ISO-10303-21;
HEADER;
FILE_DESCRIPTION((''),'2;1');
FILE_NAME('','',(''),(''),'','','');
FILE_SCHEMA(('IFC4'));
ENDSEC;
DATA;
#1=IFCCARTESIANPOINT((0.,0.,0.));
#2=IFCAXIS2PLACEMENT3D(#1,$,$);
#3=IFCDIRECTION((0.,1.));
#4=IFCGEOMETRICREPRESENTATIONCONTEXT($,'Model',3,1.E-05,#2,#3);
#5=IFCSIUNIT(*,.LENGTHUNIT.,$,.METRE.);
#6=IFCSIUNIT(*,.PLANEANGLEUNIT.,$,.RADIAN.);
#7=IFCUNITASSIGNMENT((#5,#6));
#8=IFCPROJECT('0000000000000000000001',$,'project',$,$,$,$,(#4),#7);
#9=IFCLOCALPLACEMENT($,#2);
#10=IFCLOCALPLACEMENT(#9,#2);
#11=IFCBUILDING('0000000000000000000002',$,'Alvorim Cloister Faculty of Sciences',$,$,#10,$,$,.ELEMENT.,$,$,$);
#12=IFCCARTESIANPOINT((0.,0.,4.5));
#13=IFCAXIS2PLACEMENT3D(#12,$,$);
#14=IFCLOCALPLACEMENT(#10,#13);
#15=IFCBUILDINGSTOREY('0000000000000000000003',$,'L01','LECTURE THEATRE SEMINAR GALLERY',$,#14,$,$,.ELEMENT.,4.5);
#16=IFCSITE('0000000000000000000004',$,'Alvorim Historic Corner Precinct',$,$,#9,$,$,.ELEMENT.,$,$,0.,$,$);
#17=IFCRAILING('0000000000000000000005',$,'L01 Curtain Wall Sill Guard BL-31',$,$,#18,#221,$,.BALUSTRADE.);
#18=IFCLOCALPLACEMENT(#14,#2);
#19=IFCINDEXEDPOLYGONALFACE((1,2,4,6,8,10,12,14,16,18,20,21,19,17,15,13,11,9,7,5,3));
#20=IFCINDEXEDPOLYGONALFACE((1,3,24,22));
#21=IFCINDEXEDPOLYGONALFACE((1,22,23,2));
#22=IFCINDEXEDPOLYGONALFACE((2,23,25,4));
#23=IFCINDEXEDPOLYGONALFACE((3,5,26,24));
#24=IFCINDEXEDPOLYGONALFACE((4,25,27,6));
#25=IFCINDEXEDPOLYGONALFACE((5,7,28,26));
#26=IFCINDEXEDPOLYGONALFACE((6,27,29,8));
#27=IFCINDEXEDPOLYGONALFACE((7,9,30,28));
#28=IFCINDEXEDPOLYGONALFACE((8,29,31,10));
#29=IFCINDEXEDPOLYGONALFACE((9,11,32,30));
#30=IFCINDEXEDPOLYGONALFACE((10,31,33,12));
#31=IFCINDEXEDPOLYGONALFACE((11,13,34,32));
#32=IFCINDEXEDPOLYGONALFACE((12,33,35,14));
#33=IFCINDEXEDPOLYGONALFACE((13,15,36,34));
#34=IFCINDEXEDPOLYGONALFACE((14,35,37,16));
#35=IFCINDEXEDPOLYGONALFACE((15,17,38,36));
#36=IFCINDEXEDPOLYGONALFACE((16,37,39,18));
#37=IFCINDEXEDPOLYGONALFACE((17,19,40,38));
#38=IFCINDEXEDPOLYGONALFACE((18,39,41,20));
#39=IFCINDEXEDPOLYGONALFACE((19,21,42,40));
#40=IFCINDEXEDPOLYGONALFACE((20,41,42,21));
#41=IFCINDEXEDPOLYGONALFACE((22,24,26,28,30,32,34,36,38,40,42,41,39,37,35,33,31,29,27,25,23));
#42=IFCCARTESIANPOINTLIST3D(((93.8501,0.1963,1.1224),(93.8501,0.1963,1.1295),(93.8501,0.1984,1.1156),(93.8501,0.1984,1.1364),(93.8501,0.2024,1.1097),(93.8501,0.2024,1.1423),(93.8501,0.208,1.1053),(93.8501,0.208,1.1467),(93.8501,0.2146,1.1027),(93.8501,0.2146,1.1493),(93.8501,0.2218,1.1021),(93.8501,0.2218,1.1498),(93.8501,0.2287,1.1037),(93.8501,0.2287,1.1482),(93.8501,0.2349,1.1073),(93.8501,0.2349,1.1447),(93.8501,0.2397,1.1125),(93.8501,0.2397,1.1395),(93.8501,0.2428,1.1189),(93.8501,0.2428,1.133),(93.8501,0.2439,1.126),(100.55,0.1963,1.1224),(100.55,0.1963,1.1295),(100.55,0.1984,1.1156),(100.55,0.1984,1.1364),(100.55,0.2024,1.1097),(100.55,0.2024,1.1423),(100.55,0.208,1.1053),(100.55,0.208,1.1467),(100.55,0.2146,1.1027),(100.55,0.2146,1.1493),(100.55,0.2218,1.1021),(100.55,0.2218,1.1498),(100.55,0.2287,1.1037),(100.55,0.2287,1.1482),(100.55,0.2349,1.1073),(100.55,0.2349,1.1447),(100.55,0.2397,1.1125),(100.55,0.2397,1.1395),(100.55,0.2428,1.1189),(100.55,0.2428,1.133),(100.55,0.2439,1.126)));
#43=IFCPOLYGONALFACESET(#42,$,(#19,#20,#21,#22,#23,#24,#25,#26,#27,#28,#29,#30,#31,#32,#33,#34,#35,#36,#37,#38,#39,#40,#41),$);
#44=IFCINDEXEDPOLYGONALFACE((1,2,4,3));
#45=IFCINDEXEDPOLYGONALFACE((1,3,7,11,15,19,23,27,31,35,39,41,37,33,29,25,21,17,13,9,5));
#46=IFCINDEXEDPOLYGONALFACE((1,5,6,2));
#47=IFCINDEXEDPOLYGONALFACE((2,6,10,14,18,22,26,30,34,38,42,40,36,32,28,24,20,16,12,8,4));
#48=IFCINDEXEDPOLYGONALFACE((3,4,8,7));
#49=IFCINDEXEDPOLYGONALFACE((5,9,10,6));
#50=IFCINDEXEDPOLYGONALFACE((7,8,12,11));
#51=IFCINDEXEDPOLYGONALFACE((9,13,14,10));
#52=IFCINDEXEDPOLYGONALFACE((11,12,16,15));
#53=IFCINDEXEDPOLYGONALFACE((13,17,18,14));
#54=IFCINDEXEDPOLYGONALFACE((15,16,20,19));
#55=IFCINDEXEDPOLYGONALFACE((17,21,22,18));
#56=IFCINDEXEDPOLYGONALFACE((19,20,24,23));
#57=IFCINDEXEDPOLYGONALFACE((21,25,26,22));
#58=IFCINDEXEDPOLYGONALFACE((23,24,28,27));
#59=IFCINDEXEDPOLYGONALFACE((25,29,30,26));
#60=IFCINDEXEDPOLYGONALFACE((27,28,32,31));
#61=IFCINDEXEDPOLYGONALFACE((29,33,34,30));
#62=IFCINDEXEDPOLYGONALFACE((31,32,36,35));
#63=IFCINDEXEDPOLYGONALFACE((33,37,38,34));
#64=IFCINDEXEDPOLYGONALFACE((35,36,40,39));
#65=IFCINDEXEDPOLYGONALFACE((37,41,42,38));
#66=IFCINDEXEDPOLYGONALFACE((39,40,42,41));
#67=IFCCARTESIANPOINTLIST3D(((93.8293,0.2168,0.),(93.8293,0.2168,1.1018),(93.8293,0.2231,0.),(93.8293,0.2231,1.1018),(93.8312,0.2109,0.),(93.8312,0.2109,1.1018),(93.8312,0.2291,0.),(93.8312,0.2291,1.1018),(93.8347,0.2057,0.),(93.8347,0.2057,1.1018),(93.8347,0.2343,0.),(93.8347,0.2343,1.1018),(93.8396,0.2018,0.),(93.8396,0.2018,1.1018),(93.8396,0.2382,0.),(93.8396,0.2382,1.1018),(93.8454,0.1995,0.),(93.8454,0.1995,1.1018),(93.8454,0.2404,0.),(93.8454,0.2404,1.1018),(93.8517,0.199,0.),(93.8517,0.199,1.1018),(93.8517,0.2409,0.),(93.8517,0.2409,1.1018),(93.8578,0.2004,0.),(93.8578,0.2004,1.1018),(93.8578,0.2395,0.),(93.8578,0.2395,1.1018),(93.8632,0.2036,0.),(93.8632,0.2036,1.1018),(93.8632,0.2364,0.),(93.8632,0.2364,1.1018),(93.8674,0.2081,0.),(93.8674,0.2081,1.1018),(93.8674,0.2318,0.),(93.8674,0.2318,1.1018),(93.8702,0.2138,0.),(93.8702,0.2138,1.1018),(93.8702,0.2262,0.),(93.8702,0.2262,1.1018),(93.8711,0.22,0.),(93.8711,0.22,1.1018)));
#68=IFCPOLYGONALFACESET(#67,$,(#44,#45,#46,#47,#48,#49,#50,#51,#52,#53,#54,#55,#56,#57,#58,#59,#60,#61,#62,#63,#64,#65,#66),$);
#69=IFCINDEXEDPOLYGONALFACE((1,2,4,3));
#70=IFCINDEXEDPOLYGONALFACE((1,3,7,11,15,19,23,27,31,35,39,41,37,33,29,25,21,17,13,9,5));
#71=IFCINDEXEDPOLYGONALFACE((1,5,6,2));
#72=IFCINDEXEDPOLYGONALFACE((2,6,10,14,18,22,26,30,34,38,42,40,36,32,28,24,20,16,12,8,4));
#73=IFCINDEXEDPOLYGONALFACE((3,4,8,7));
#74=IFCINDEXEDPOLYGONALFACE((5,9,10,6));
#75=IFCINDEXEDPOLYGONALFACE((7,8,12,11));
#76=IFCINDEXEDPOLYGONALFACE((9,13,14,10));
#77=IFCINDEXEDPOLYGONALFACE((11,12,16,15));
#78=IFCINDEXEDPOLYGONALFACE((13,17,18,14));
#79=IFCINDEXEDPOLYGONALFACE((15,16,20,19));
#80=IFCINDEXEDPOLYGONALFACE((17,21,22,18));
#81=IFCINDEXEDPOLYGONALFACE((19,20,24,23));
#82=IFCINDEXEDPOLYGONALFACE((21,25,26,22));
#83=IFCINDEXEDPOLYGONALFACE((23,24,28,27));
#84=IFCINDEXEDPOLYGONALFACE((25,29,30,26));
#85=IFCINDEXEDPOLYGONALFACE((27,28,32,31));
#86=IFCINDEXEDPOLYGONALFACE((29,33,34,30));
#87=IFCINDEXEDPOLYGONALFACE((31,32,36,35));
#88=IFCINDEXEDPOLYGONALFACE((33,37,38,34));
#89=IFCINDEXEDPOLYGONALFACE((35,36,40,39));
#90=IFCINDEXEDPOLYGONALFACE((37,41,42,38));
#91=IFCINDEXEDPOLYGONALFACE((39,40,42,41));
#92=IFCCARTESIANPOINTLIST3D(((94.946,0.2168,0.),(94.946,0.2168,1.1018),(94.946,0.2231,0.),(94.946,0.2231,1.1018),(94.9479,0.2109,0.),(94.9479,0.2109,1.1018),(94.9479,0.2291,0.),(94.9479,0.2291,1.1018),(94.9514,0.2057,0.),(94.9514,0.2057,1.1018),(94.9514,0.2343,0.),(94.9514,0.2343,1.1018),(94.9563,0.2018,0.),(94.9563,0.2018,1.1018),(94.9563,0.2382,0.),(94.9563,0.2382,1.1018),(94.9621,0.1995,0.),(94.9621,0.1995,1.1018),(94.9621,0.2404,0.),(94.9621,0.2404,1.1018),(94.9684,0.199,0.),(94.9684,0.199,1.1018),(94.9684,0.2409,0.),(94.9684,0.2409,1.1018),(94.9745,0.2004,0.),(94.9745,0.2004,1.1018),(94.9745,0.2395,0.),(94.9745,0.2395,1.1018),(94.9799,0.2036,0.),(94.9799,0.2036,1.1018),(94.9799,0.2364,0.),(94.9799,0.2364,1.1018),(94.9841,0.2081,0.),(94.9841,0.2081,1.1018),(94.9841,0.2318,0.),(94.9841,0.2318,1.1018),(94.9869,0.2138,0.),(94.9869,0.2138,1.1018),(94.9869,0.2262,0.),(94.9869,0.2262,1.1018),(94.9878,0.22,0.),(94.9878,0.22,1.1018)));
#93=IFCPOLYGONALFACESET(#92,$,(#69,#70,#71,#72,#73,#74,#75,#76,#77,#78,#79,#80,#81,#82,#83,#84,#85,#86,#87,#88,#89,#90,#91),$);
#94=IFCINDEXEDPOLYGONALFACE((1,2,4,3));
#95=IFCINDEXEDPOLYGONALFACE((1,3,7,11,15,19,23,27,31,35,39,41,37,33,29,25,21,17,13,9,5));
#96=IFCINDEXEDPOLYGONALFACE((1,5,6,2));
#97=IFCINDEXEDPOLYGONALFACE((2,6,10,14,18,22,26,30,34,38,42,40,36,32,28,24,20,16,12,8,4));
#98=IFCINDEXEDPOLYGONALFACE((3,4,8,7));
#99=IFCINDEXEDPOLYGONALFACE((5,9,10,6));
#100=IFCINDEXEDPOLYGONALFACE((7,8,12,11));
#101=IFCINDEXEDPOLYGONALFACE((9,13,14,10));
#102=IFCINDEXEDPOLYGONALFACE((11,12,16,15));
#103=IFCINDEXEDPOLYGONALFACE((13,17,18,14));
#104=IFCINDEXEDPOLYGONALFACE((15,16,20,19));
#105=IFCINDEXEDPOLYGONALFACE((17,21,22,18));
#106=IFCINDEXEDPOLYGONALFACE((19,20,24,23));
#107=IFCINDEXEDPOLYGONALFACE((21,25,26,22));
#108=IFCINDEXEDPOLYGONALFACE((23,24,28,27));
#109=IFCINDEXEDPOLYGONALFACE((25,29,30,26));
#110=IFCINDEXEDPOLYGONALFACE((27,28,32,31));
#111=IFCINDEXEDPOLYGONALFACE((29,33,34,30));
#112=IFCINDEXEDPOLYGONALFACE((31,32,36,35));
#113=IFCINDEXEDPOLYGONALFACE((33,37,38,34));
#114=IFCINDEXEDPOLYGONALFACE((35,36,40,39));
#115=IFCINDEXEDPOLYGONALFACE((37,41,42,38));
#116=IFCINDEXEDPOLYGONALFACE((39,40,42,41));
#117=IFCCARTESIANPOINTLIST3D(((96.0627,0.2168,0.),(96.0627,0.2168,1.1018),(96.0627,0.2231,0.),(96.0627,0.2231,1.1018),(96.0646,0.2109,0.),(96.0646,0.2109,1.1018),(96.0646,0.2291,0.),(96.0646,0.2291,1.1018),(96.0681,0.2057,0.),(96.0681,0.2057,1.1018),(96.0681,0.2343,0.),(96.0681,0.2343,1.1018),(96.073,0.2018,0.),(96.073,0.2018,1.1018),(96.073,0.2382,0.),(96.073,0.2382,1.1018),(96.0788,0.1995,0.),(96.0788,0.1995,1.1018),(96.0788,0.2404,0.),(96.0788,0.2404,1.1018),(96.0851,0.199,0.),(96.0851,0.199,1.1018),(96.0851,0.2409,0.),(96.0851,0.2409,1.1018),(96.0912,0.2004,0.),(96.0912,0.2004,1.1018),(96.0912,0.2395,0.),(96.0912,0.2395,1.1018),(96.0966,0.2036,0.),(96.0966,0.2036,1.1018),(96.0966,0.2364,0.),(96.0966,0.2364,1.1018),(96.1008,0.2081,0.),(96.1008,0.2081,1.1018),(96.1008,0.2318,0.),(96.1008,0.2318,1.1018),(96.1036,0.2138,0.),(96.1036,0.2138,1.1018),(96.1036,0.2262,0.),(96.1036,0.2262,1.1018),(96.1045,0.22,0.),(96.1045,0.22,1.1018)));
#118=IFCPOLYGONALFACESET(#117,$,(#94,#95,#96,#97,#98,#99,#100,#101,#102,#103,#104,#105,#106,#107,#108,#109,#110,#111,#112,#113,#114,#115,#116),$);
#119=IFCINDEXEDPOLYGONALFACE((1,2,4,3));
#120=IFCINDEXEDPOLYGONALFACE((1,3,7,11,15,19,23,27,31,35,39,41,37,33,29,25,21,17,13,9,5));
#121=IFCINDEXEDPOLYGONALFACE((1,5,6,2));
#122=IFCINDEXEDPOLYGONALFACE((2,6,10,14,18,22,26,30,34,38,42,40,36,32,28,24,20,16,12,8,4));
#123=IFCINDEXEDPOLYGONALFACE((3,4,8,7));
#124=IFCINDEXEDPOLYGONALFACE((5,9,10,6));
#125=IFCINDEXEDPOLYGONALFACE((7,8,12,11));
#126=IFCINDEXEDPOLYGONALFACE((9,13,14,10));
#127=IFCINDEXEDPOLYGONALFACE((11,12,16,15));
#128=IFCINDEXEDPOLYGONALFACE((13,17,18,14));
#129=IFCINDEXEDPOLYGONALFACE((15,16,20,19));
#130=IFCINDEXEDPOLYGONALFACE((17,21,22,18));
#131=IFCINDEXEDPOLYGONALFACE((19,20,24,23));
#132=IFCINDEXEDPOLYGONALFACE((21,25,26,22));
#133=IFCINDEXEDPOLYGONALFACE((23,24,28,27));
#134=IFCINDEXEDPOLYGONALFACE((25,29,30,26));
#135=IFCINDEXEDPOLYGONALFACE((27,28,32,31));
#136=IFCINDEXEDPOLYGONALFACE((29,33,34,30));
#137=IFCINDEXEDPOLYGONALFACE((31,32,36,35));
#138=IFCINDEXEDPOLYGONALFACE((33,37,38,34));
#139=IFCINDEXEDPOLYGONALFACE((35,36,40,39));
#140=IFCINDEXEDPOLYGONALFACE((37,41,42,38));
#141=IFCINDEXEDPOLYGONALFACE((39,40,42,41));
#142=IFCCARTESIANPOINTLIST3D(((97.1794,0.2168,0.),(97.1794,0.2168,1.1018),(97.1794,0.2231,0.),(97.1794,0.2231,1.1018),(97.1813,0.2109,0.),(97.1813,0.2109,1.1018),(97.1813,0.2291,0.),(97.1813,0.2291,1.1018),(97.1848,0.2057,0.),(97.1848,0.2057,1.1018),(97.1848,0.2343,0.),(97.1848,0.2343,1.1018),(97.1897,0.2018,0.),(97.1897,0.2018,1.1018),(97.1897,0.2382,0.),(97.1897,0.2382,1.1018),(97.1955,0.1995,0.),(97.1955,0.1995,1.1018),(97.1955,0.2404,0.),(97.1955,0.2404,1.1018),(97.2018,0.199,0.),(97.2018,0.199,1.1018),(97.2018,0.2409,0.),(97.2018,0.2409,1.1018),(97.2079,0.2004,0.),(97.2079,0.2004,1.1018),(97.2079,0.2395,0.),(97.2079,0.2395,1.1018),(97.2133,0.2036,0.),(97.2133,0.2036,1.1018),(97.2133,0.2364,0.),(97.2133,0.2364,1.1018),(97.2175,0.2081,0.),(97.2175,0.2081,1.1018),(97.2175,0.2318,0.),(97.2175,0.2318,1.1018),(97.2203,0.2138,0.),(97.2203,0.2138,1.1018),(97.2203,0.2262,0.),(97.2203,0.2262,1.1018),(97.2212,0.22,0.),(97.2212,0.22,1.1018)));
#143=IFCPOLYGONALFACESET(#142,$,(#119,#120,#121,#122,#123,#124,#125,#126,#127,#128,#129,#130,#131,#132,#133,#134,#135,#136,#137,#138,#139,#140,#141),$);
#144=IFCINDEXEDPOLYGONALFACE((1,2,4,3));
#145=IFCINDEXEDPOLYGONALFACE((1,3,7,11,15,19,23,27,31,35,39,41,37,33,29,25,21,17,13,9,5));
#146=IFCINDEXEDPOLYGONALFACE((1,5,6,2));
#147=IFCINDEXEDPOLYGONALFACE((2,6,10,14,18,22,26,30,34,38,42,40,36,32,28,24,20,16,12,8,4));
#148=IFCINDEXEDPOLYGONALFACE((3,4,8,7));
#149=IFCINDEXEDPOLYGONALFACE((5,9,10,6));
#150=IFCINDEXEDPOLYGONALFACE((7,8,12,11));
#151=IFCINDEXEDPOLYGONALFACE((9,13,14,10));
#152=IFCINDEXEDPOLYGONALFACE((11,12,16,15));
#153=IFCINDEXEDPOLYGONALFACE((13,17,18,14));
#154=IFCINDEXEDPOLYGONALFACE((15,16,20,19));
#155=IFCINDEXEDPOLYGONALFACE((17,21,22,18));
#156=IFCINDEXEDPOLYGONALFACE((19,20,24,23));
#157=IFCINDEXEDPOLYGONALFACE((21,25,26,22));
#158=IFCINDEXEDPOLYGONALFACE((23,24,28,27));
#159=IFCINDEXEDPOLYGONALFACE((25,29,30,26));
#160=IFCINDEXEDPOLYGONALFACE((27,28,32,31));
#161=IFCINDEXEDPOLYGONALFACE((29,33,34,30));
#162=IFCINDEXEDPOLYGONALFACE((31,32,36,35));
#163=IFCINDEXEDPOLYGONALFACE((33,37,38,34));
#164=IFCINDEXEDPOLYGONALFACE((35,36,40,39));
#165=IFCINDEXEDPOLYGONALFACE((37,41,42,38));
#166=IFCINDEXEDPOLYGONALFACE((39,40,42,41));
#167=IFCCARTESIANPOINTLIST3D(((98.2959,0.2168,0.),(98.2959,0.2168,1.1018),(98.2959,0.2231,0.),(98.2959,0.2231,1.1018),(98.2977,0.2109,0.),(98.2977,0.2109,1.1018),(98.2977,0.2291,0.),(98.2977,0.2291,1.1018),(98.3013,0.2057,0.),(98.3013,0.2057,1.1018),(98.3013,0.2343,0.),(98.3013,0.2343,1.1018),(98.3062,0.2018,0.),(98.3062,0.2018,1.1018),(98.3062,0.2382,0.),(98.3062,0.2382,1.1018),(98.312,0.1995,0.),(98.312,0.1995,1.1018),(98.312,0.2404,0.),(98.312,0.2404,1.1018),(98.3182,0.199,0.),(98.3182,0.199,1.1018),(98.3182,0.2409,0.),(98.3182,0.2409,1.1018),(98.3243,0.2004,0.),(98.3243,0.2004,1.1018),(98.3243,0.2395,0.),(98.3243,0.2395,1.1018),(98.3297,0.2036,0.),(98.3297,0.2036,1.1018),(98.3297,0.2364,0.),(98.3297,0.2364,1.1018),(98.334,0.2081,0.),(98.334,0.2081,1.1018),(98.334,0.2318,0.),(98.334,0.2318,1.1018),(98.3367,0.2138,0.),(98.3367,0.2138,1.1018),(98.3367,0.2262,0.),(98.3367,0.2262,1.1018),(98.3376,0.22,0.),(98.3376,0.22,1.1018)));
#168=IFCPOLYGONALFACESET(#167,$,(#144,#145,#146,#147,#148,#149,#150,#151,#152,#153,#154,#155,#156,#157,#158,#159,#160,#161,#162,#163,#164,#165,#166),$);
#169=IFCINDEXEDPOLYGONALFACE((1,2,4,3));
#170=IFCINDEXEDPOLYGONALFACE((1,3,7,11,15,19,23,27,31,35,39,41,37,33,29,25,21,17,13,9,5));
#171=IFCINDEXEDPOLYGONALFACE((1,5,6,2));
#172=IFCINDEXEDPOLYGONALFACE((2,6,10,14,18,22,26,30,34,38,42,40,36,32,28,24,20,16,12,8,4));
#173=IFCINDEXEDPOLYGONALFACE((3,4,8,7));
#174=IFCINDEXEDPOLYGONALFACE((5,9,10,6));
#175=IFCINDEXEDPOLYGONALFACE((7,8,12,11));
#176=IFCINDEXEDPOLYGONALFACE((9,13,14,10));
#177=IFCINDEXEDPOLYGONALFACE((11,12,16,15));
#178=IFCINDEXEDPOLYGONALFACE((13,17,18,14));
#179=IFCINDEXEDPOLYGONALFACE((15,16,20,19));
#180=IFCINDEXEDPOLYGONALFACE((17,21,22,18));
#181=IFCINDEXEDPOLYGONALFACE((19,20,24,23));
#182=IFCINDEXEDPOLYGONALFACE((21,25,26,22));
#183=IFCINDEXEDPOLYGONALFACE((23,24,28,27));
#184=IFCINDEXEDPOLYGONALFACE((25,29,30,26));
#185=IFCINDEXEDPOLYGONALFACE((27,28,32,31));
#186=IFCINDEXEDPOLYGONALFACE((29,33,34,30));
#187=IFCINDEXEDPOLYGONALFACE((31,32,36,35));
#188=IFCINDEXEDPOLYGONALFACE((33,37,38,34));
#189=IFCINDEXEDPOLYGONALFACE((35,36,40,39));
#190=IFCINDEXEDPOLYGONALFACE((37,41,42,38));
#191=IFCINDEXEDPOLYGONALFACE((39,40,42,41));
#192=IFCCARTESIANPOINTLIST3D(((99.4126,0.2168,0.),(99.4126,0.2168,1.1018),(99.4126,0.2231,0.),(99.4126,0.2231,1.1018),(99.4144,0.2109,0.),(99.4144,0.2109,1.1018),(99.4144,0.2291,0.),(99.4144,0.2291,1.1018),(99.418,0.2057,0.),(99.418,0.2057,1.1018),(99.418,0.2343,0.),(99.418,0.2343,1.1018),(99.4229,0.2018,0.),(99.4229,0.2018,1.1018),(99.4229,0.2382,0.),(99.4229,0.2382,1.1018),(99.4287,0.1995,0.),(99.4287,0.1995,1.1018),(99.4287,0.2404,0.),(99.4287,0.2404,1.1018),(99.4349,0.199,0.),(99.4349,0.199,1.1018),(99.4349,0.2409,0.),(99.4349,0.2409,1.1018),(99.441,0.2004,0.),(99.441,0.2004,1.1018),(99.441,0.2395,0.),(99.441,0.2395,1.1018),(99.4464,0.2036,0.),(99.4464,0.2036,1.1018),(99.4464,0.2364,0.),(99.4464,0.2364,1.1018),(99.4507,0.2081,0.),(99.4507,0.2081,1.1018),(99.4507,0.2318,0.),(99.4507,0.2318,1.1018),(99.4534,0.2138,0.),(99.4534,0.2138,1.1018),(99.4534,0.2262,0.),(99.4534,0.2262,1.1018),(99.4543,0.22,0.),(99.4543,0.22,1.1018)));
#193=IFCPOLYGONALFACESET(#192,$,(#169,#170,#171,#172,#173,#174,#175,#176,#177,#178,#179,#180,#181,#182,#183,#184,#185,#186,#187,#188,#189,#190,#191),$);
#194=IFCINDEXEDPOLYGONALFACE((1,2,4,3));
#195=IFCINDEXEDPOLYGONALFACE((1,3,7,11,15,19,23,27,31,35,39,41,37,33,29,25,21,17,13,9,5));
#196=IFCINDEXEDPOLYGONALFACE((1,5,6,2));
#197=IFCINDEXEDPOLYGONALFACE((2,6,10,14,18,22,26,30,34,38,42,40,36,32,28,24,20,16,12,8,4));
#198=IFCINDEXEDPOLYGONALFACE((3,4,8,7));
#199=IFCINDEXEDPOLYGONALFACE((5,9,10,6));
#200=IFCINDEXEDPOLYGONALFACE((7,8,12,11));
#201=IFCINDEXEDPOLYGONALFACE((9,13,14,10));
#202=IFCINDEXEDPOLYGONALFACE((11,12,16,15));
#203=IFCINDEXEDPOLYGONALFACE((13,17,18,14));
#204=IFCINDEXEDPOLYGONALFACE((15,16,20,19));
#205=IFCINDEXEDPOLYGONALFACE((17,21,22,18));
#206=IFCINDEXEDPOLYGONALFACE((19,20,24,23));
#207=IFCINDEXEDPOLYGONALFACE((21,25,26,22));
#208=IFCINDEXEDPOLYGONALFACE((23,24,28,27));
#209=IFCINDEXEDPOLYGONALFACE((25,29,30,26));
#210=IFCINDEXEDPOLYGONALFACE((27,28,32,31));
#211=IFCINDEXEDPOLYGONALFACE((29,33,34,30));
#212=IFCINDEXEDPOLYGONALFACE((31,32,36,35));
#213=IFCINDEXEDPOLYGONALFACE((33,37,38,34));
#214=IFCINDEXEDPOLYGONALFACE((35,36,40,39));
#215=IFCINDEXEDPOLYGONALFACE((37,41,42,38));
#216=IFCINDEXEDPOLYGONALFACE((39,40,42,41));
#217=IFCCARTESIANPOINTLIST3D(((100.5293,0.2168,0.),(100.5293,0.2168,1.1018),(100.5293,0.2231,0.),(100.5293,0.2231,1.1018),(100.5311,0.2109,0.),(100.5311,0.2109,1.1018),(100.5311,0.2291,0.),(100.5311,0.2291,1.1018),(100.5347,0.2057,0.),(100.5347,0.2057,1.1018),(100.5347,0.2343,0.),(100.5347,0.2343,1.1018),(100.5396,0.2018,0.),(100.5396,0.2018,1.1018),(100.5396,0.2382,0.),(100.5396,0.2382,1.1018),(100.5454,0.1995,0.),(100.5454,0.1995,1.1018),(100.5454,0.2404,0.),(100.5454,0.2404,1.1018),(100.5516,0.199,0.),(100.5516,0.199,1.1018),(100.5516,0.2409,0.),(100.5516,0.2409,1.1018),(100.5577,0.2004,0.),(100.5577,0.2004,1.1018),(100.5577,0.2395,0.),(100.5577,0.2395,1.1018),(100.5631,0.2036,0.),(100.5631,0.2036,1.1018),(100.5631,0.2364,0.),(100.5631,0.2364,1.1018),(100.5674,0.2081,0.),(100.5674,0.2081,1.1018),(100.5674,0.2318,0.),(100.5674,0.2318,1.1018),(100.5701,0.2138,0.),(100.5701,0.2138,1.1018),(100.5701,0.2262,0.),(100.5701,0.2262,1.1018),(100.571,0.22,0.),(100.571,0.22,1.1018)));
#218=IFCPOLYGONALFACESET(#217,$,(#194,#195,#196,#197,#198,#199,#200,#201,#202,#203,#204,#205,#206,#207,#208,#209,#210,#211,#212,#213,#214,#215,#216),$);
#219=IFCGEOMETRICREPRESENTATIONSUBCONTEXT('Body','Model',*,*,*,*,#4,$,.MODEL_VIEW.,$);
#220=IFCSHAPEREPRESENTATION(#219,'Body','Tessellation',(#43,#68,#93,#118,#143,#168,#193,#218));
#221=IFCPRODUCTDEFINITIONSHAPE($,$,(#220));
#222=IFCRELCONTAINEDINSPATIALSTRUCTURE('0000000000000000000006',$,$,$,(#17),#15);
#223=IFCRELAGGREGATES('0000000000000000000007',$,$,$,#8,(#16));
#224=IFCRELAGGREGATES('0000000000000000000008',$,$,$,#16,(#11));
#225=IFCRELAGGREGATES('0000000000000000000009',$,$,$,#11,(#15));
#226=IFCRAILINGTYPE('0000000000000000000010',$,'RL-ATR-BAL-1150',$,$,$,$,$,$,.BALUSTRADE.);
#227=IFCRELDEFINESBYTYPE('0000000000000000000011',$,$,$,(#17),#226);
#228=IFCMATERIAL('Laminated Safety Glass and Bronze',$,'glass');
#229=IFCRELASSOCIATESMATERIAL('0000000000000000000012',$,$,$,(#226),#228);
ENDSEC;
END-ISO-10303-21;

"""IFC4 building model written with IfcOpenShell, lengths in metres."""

from ifc_helpers import new_model, si_unit, direction, frame, origin, origin_2d, place, context, subcontext, project, spatial, circle, extrude, material, type_object, element, save


model = new_model("IFC4")

# Units and contexts
model_context = context("Model", 3, precision=1e-05, world=origin(), true_north=direction((0.0, 1.0)))
body_context = subcontext(model_context, "Body", "Model", "MODEL_VIEW")
ifc_project = project(units=[si_unit("LENGTHUNIT", "METRE"), si_unit("PLANEANGLEUNIT", "RADIAN")], contexts=[model_context])

# Site, building, storey
site_placement = place(None, origin())
site = spatial("IfcSite", under=ifc_project, at=site_placement, Name="Alvorim Historic Corner Precinct", CompositionType="ELEMENT", RefElevation=0.0)
building_placement = place(site_placement, origin())
building = spatial("IfcBuilding", under=site, at=building_placement, Name="Alvorim Cloister Faculty of Sciences", CompositionType="ELEMENT")
storey_placement = place(building_placement, frame((0.0, 0.0, 4.5)))
storey = spatial("IfcBuildingStorey", under=building, at=storey_placement, Name="L01", Description="LECTURE THEATRE SEMINAR GALLERY", CompositionType="ELEMENT", Elevation=4.5)

# Railing
ifc_material_1 = material(Name="Laminated Safety Glass and Bronze", Category="glass")
railing_type = type_object("IfcRailingType", Name="RL-ATR-BAL-1150", PredefinedType="BALUSTRADE", material=ifc_material_1)
railing_placement = place(storey_placement, frame((93.8501, 0.22, 0.0)))
element("IfcRailing", 1, at=railing_placement, inside=storey, type_object=railing_type, Name="L01 Curtain Wall Sill Guard BL-31", PredefinedType="BALUSTRADE", context=body_context, shape_type="SweptSolid", body=[
    extrude(circle(Radius=0.0239, at=origin_2d()), frame((0.0, 0.0, 1.126), z_axis=(1.0, 0.0, 0.0), x_axis=(0.0, 1.0, 0.0)), (0.0, 0.0, 1.0), 6.7),
    extrude(circle(Radius=0.021, at=origin_2d()), origin(), (0.0, 0.0, 1.0), 1.1018),
    extrude(circle(Radius=0.021, at=origin_2d()), frame((1.1167, 0.0, 0.0)), (0.0, 0.0, 1.0), 1.1018),
    extrude(circle(Radius=0.021, at=origin_2d()), frame((2.2334, 0.0, 0.0)), (0.0, 0.0, 1.0), 1.1018),
    extrude(circle(Radius=0.021, at=origin_2d()), frame((3.3501, 0.0, 0.0)), (0.0, 0.0, 1.0), 1.1018),
    extrude(circle(Radius=0.021, at=origin_2d()), frame((4.4666, 0.0, 0.0)), (0.0, 0.0, 1.0), 1.1018),
    extrude(circle(Radius=0.021, at=origin_2d()), frame((5.5833, 0.0, 0.0)), (0.0, 0.0, 1.0), 1.1018),
    extrude(circle(Radius=0.021, at=origin_2d()), frame((6.7, 0.0, 0.0)), (0.0, 0.0, 1.0), 1.1018),
])

save(model, "model.ifc")
